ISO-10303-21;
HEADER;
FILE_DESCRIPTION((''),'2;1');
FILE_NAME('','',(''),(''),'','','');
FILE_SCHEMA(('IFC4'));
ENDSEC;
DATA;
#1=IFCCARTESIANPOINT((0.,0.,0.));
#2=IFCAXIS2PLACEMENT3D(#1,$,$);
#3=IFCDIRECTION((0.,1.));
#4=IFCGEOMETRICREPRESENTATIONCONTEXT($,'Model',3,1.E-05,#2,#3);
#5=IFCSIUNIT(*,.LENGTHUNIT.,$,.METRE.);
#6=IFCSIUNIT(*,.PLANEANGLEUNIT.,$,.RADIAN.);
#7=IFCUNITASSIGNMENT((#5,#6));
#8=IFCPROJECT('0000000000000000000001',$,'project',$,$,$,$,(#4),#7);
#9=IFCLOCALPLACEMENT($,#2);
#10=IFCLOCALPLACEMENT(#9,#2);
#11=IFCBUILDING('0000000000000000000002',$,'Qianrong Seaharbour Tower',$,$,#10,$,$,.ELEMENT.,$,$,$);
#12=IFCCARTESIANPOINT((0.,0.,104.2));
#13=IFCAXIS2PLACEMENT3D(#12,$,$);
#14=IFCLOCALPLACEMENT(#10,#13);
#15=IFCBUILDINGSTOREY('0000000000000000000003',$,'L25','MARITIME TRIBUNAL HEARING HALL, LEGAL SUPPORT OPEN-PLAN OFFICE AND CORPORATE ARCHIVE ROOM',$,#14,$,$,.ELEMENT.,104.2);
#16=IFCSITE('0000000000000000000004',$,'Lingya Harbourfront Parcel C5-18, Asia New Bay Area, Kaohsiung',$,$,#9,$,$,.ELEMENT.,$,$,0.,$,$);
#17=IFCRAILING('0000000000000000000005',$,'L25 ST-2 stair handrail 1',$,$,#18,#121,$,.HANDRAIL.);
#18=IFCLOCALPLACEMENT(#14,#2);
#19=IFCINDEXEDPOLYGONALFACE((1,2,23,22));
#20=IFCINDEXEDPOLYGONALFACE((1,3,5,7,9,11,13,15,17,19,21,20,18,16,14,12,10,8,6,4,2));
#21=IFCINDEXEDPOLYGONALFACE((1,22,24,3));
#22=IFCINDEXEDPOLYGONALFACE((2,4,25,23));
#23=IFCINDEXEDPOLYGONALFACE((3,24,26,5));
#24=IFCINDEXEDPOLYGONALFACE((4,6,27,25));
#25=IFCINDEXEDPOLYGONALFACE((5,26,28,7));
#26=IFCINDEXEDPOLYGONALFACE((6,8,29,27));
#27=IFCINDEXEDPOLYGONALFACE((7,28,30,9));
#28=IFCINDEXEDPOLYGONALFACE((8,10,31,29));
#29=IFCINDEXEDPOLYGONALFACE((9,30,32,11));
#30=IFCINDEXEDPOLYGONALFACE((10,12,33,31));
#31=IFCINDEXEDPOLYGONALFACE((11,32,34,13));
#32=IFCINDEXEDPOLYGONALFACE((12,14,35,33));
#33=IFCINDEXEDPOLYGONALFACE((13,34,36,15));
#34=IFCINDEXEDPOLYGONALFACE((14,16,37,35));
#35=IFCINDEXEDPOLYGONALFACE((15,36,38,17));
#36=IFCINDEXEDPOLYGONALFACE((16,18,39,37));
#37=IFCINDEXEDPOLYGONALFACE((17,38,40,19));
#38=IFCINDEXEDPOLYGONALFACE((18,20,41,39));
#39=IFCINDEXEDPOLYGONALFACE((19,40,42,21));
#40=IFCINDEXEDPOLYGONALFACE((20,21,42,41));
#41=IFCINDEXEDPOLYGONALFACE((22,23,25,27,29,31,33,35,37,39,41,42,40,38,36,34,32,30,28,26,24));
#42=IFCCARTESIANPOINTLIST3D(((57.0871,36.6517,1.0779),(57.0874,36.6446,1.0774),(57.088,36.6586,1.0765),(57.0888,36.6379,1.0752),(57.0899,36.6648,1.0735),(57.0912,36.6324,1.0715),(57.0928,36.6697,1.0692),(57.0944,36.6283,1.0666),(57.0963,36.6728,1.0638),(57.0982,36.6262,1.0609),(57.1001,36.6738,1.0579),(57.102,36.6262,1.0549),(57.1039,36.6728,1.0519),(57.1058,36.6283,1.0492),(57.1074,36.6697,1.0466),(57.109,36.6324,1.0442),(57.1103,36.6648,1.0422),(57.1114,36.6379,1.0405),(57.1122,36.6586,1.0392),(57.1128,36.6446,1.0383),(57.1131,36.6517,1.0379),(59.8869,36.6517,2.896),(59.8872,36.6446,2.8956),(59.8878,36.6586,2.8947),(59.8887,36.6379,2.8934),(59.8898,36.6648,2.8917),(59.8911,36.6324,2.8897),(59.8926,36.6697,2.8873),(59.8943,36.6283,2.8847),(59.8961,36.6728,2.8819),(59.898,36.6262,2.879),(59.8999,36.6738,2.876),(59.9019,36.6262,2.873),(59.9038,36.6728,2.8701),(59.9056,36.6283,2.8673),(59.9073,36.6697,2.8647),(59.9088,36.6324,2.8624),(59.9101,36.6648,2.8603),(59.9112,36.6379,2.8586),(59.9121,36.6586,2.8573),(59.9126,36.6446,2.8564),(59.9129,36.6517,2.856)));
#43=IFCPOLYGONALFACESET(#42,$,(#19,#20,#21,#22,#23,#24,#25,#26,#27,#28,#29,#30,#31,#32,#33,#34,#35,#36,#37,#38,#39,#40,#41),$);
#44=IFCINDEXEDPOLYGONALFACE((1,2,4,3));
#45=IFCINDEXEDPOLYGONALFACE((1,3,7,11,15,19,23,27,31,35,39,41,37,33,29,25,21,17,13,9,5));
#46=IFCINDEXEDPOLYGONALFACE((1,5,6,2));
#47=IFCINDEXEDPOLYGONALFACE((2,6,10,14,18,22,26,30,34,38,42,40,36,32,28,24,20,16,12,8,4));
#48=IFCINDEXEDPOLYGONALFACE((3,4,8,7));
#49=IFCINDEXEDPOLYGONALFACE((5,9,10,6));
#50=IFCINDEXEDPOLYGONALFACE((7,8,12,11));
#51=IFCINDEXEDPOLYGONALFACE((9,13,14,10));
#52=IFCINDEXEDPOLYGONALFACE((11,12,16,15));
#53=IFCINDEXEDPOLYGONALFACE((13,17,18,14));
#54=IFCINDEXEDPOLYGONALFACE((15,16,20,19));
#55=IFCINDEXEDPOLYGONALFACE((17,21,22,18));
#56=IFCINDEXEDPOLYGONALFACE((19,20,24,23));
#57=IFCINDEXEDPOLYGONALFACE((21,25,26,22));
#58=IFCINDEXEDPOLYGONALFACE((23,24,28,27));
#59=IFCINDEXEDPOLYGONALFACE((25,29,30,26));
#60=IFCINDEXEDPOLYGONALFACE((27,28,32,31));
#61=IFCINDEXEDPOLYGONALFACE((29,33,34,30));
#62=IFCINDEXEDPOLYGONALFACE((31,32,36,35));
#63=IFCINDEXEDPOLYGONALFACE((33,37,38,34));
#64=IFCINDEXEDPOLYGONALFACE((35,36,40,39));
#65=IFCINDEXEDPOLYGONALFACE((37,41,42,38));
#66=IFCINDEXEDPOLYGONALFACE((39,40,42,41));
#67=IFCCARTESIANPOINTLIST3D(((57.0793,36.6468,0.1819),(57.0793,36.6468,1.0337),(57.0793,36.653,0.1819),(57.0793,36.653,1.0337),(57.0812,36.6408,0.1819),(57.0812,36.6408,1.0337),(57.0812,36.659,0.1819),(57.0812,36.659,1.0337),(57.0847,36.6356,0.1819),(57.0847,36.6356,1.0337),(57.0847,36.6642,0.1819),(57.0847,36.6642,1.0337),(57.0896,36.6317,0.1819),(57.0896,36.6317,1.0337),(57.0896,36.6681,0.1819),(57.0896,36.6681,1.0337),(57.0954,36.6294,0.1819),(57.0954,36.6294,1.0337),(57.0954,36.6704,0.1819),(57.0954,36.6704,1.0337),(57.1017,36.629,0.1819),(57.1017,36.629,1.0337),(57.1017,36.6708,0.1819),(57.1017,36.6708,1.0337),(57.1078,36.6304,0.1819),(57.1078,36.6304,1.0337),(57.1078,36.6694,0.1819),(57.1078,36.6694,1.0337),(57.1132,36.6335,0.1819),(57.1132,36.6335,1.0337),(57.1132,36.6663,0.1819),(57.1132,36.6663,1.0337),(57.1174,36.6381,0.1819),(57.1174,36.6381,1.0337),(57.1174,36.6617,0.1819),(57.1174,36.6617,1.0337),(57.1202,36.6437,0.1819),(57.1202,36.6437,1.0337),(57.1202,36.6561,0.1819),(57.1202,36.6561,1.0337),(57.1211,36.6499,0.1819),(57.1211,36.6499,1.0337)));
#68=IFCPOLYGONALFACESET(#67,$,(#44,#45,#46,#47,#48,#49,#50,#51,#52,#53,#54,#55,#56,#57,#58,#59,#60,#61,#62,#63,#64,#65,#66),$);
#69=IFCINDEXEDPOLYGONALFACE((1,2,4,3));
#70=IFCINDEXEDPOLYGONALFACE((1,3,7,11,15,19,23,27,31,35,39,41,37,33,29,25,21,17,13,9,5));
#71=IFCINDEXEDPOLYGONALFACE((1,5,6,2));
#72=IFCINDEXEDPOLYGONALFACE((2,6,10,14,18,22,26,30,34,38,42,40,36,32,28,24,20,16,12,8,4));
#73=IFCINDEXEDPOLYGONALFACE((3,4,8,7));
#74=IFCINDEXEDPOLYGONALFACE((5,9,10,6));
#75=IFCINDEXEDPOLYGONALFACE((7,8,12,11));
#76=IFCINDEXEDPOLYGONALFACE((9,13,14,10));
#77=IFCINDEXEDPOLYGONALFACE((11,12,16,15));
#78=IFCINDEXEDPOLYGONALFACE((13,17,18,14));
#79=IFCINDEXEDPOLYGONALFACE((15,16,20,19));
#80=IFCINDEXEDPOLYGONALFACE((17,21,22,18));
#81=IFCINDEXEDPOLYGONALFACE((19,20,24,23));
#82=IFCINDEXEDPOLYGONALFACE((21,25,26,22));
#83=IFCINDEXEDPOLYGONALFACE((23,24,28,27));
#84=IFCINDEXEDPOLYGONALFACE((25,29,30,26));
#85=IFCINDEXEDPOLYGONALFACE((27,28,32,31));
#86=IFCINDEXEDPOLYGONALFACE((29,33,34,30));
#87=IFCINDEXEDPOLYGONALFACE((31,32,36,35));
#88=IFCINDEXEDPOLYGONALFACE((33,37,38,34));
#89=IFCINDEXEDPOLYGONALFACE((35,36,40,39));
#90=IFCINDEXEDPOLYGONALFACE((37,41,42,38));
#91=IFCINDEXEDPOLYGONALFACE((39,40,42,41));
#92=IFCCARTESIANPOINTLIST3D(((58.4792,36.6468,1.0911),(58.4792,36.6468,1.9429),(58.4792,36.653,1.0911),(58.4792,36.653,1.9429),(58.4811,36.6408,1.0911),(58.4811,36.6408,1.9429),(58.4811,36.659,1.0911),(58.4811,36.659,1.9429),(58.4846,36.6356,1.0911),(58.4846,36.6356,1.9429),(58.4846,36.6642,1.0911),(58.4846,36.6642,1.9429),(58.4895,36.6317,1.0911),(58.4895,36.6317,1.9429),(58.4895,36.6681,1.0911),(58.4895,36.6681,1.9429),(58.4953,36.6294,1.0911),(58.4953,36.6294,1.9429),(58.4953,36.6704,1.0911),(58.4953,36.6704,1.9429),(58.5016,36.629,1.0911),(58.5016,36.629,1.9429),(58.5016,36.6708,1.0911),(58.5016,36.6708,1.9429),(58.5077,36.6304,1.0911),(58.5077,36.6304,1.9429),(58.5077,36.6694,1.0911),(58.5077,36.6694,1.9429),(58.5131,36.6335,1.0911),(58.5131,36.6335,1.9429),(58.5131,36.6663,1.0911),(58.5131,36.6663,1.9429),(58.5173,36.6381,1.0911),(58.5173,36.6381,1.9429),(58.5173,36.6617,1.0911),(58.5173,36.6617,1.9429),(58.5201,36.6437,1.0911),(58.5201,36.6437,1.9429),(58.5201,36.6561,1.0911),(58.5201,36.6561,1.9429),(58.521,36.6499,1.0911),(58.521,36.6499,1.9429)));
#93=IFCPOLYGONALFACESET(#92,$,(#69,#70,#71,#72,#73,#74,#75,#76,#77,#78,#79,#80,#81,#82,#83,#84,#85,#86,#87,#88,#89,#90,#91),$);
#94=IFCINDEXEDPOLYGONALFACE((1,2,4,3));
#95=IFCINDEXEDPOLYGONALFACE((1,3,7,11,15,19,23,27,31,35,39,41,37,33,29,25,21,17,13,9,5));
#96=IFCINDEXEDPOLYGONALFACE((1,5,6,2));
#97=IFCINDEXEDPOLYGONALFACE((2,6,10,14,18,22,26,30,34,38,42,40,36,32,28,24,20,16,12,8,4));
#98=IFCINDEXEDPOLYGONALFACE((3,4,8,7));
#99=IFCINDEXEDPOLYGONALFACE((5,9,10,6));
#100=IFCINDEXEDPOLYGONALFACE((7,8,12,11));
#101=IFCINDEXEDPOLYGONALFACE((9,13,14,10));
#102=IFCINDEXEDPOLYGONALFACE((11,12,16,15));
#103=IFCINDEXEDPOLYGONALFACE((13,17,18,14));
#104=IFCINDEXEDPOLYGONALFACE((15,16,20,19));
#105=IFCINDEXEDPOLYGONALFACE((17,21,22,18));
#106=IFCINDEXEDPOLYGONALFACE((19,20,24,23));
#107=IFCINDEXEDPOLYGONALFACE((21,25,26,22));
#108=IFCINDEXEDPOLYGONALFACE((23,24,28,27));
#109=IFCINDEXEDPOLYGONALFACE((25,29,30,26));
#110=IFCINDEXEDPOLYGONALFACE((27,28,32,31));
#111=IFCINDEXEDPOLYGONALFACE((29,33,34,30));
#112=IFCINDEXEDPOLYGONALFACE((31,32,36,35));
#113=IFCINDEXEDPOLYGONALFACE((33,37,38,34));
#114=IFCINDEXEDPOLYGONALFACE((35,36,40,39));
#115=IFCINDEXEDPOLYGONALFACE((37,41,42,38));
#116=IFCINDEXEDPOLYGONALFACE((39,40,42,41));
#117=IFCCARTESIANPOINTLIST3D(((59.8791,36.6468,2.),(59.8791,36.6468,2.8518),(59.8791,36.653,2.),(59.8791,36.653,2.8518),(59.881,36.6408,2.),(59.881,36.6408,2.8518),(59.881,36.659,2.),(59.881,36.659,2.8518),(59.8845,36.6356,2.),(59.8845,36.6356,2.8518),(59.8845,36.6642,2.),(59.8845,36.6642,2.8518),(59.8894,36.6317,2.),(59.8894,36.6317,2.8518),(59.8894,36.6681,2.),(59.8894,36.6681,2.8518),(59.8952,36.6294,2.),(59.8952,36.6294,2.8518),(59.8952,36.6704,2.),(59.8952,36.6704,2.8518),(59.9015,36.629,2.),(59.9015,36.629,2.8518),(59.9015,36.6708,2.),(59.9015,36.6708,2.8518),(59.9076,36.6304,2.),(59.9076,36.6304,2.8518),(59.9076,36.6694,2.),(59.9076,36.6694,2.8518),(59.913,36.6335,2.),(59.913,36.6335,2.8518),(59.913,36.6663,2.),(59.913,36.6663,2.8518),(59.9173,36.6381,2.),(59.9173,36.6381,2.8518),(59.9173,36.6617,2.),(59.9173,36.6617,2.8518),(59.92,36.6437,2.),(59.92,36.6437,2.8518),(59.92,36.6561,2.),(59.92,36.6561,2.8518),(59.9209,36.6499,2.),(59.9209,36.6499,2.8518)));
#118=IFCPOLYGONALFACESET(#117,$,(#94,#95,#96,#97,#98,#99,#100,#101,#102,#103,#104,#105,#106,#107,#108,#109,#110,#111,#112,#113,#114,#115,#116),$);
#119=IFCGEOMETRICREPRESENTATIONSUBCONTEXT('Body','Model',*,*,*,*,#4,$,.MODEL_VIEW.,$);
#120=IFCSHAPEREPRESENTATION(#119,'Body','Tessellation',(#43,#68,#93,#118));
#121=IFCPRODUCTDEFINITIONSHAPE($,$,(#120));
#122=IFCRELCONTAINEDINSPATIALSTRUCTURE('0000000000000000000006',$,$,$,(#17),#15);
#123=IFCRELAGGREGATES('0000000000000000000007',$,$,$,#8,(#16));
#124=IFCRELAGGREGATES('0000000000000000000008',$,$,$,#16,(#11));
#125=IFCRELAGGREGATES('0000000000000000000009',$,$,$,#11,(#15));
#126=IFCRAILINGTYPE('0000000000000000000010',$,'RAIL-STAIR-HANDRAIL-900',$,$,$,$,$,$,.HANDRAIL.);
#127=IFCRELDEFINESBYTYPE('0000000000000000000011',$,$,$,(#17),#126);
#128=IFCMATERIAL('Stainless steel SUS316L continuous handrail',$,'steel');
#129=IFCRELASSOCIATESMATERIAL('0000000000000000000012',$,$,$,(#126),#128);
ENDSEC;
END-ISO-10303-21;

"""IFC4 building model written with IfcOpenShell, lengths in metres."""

from ifc_helpers import new_model, si_unit, direction, frame, origin, origin_2d, place, context, subcontext, project, spatial, circle, extrude, material, type_object, element, save


model = new_model("IFC4")

# Units and contexts
model_context = context("Model", 3, precision=1e-05, world=origin(), true_north=direction((0.0, 1.0)))
body_context = subcontext(model_context, "Body", "Model", "MODEL_VIEW")
ifc_project = project(units=[si_unit("LENGTHUNIT", "METRE"), si_unit("PLANEANGLEUNIT", "RADIAN")], contexts=[model_context])

# Site, building, storey
site_placement = place(None, origin())
site = spatial("IfcSite", under=ifc_project, at=site_placement, Name="Lingya Harbourfront Parcel C5-18, Asia New Bay Area, Kaohsiung", CompositionType="ELEMENT", RefElevation=0.0)
building_placement = place(site_placement, origin())
building = spatial("IfcBuilding", under=site, at=building_placement, Name="Qianrong Seaharbour Tower", CompositionType="ELEMENT")
storey_placement = place(building_placement, frame((0.0, 0.0, 104.2)))
storey = spatial("IfcBuildingStorey", under=building, at=storey_placement, Name="L25", Description="MARITIME TRIBUNAL HEARING HALL, LEGAL SUPPORT OPEN-PLAN OFFICE AND CORPORATE ARCHIVE ROOM", CompositionType="ELEMENT", Elevation=104.2)

# Railing
ifc_material_1 = material(Name="Stainless steel SUS316L continuous handrail", Category="steel")
railing_type_1 = type_object("IfcRailingType", Name="RAIL-STAIR-HANDRAIL-900", PredefinedType="HANDRAIL", material=ifc_material_1)
railing_1_placement = place(storey_placement, frame((57.1001, 36.6499, 0.1819)))
element("IfcRailing", 1, at=railing_1_placement, inside=storey, type_object=railing_type_1, Name="L25 ST-2 stair handrail 1", PredefinedType="HANDRAIL", context=body_context, shape_type="SweptSolid", body=[
    extrude(circle(Radius=0.0239, at=origin_2d()), frame((0.0, 0.0, 0.876), z_axis=(0.838684, 0.0, 0.544618), x_axis=(0.0, 1.0, 0.0)), (0.0, 0.0, 1.0), 3.3384),
    extrude(circle(Radius=0.021, at=origin_2d()), origin(), (0.0, 0.0, 1.0), 0.8518),
    extrude(circle(Radius=0.021, at=origin_2d()), frame((1.3999, 0.0, 0.9092)), (0.0, 0.0, 1.0), 0.8518),
    extrude(circle(Radius=0.021, at=origin_2d()), frame((2.7998, 0.0, 1.8181)), (0.0, 0.0, 1.0), 0.8518),
])

save(model, "model.ifc")
